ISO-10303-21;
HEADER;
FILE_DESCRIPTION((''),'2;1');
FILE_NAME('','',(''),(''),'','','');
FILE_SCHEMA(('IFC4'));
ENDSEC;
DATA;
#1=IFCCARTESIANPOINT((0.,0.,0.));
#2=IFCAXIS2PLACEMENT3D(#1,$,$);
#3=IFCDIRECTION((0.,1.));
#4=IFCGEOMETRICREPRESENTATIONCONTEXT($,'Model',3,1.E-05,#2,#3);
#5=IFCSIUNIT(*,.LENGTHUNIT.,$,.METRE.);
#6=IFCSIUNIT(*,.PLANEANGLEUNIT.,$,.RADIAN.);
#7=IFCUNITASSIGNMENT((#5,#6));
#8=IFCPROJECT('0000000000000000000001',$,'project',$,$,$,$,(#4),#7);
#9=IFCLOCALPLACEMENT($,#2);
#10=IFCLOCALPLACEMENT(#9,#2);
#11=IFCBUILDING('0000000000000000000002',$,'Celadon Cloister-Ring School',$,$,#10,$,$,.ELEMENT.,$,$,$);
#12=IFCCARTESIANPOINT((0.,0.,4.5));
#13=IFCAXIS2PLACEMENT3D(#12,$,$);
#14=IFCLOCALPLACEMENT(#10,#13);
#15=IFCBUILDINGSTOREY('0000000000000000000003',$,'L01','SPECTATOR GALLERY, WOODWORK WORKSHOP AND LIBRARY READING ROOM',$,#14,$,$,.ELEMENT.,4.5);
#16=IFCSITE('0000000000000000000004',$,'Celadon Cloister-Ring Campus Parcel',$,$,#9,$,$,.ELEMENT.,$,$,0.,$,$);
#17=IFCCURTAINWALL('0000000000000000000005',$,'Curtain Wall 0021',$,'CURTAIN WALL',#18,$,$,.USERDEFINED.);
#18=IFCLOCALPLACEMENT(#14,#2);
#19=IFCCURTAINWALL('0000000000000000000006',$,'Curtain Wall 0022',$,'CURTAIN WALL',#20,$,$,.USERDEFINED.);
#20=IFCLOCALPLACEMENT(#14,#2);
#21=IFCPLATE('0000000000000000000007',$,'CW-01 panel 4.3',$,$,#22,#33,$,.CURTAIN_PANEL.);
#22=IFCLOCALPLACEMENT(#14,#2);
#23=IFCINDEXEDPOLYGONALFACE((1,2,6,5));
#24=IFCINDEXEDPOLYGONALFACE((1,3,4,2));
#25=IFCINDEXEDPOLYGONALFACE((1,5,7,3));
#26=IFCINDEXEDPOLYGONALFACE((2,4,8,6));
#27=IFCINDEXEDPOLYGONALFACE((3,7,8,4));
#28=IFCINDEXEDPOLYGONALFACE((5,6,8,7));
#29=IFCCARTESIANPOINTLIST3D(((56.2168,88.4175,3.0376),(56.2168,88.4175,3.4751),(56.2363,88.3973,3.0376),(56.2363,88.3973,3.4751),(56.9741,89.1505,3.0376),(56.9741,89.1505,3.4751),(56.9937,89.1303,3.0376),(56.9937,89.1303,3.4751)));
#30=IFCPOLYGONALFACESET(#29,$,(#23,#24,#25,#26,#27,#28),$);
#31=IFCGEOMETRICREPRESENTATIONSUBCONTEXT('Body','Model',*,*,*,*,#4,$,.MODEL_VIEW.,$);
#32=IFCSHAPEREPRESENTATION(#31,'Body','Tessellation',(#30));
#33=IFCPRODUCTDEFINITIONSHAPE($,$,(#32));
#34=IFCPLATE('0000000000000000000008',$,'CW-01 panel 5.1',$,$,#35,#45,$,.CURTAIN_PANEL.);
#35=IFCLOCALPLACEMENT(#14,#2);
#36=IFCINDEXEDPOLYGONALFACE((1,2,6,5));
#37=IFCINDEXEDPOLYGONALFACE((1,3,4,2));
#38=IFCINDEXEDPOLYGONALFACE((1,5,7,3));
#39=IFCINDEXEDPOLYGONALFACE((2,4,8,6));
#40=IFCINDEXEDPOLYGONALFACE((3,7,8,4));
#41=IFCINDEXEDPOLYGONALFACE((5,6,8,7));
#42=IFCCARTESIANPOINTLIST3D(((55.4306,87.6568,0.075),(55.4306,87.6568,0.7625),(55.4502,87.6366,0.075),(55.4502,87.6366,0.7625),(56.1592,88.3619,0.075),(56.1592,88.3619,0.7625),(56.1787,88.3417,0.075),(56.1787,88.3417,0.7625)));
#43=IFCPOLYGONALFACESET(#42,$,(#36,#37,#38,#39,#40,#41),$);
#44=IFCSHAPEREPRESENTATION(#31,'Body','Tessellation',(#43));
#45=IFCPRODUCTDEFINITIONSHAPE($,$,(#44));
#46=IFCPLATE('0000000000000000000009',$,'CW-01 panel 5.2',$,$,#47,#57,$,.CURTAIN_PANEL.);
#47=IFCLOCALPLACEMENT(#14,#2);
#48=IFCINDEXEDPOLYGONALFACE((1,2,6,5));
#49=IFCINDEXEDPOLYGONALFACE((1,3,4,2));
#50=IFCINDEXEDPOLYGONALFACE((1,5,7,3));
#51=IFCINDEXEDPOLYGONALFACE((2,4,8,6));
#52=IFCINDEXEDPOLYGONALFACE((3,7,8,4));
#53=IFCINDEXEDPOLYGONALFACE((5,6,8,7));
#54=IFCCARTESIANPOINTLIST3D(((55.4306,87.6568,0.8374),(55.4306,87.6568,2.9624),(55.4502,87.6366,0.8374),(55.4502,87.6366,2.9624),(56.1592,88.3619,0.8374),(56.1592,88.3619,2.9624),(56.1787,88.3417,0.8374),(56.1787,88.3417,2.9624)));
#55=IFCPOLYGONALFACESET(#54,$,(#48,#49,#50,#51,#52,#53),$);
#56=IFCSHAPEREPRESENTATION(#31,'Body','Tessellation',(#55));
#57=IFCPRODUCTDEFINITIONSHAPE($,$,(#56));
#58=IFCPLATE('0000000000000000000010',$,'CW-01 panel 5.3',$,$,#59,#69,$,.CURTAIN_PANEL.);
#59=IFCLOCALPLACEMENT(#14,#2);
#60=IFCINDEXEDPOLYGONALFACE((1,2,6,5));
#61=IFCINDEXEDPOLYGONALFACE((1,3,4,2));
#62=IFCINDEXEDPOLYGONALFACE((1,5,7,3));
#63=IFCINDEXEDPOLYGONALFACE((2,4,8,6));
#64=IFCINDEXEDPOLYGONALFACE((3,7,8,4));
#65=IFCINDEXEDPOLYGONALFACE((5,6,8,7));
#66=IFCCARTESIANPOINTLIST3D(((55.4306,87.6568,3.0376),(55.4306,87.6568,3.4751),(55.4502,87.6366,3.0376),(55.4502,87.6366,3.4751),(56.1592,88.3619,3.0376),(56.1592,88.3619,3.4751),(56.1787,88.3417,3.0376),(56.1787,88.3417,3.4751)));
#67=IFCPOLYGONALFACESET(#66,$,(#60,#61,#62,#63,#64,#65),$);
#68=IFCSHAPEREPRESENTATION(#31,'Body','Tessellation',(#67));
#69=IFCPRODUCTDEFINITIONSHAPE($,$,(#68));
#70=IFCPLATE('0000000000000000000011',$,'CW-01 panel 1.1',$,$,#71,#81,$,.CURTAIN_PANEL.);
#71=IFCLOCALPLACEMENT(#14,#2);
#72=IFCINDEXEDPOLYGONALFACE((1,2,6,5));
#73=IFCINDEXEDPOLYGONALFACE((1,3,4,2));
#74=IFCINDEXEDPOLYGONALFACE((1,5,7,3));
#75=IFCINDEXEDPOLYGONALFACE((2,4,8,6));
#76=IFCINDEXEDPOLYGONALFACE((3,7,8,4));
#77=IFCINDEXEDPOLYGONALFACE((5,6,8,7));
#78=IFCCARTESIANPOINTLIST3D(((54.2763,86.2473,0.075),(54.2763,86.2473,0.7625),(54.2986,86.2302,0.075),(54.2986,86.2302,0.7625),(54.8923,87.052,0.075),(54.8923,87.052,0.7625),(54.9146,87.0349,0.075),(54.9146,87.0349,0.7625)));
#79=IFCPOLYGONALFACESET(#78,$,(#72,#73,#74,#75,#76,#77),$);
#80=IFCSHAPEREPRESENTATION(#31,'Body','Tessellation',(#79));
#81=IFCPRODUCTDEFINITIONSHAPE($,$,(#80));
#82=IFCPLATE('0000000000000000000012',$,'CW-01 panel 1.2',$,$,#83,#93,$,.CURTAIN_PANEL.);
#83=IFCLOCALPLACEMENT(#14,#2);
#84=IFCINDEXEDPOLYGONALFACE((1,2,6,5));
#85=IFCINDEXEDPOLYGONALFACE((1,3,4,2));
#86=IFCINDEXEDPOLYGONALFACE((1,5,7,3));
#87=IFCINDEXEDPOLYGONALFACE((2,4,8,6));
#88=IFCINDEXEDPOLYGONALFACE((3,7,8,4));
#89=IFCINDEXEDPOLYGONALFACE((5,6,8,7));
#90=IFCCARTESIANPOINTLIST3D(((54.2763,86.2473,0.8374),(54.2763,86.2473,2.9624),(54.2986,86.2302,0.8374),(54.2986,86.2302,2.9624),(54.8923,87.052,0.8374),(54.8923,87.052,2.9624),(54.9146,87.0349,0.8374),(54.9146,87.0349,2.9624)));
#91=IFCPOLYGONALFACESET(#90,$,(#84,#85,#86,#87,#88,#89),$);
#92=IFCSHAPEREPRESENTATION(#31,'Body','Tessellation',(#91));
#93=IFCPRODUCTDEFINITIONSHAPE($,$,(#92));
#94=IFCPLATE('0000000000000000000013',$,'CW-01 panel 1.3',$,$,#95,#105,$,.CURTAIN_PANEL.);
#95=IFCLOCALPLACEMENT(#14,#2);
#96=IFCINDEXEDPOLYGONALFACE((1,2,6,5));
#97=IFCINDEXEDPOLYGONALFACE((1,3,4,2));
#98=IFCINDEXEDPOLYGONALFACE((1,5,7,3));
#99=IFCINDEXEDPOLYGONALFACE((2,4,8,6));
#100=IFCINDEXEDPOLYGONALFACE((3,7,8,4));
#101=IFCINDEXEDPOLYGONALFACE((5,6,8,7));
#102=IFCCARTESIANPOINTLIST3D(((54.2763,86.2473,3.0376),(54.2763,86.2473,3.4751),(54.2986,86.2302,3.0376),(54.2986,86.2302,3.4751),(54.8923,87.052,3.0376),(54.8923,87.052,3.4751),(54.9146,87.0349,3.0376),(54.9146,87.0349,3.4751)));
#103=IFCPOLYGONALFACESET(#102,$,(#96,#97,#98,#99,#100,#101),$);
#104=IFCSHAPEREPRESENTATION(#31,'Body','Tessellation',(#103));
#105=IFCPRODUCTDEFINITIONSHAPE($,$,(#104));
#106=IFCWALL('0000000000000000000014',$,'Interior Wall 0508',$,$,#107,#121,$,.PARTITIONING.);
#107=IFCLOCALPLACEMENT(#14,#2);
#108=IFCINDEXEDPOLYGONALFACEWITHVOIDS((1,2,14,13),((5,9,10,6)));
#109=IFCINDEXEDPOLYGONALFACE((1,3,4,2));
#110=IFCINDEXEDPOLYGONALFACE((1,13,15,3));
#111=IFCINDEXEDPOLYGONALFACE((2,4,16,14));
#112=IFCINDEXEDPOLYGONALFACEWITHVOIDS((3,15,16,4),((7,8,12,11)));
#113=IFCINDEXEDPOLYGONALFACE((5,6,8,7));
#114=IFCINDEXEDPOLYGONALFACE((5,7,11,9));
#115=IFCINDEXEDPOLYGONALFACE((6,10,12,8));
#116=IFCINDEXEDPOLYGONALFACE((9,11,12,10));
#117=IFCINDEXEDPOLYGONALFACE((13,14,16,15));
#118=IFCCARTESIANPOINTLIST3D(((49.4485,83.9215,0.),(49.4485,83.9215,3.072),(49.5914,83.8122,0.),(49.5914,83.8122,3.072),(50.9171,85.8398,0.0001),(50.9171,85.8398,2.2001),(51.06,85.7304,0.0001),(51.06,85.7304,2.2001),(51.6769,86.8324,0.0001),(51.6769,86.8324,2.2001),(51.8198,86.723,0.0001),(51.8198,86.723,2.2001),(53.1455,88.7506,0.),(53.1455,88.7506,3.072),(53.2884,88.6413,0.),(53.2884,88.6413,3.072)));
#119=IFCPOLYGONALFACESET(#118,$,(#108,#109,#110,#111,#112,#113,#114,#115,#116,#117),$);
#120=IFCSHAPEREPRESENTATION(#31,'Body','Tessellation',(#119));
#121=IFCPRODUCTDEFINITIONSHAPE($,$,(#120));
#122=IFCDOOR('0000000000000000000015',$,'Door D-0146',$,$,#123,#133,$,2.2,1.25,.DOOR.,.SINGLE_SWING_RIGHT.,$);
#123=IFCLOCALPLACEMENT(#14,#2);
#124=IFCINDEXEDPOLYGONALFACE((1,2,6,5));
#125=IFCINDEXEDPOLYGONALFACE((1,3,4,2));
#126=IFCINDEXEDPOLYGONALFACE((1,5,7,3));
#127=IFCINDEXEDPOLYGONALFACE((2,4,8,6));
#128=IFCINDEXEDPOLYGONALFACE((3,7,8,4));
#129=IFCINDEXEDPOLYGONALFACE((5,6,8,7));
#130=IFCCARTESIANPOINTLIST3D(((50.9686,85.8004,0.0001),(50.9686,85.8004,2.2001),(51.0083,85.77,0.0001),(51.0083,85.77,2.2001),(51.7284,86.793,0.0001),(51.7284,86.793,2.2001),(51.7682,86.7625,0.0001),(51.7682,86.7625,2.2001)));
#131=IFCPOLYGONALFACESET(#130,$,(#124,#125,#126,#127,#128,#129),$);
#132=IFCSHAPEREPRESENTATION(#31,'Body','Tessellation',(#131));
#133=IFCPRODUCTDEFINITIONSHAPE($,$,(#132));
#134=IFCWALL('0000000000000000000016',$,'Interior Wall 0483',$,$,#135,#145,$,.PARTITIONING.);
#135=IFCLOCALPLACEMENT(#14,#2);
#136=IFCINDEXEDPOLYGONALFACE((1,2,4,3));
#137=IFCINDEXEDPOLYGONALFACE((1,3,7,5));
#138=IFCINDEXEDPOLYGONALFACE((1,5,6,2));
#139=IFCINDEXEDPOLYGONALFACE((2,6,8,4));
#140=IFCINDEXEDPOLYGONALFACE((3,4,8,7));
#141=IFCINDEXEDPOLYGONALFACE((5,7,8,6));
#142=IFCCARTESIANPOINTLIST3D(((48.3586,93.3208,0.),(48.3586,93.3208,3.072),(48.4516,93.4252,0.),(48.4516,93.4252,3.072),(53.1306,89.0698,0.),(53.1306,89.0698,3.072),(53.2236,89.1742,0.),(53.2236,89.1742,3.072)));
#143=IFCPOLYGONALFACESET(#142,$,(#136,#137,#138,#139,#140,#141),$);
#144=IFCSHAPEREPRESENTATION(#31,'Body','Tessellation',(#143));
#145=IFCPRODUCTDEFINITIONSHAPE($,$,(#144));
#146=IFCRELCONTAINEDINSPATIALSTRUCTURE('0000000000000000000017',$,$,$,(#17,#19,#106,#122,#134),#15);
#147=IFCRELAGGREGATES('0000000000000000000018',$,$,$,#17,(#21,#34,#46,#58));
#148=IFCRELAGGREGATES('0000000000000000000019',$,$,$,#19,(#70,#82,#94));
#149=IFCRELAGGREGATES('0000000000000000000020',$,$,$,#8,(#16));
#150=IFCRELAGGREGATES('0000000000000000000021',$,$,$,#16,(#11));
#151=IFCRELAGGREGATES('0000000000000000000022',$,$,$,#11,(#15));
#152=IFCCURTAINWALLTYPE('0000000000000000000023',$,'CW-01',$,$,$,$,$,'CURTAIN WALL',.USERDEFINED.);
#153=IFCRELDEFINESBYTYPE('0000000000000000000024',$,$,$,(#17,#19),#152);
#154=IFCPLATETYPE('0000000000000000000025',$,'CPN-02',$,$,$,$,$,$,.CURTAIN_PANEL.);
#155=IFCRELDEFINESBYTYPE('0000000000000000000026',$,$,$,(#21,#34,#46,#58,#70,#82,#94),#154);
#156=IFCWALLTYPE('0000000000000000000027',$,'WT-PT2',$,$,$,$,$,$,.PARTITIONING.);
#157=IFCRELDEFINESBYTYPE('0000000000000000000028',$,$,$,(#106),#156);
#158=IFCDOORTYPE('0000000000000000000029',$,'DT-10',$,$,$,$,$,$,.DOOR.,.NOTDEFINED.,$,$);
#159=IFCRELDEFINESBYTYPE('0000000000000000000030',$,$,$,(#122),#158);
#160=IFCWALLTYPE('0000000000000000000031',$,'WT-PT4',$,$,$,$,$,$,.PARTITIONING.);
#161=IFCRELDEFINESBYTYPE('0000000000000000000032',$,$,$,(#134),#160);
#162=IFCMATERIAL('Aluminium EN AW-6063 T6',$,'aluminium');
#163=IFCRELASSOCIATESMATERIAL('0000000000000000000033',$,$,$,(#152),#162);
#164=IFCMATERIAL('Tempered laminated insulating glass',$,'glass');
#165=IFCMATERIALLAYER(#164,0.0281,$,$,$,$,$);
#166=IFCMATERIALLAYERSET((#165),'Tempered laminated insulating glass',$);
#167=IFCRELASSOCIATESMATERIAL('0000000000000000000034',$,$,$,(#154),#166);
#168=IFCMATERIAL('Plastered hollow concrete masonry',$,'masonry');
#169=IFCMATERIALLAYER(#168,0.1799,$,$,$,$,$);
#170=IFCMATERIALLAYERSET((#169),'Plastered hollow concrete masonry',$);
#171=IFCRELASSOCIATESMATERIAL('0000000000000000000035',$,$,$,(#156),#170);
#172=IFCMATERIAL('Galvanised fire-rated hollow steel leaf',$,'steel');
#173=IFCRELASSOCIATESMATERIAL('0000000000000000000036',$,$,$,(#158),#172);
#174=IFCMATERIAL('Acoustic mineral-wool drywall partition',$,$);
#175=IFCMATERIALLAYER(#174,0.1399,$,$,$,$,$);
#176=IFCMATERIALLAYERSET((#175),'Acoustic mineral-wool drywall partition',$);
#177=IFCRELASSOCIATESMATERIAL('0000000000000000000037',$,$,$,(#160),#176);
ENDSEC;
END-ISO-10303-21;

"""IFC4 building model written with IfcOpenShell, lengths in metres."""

from ifc_helpers import new_model, si_unit, direction, frame, frame_2d, origin, origin_2d, place, context, subcontext, project, spatial, rectangle, extrude, material, layer, layer_set, type_object, element, fill, aggregate, save


model = new_model("IFC4")

# Units and contexts
model_context = context("Model", 3, precision=1e-05, world=origin(), true_north=direction((0.0, 1.0)))
body_context = subcontext(model_context, "Body", "Model", "MODEL_VIEW")
ifc_project = project(units=[si_unit("LENGTHUNIT", "METRE"), si_unit("PLANEANGLEUNIT", "RADIAN")], contexts=[model_context])

# Site, building, storey
site_placement = place(None, origin())
site = spatial("IfcSite", under=ifc_project, at=site_placement, Name="Celadon Cloister-Ring Campus Parcel", CompositionType="ELEMENT", RefElevation=0.0)
building_placement = place(site_placement, origin())
building = spatial("IfcBuilding", under=site, at=building_placement, Name="Celadon Cloister-Ring School", CompositionType="ELEMENT")
storey_placement = place(building_placement, frame((0.0, 0.0, 4.5)))
storey = spatial("IfcBuildingStorey", under=building, at=storey_placement, Name="L01", Description="SPECTATOR GALLERY, WOODWORK WORKSHOP AND LIBRARY READING ROOM", CompositionType="ELEMENT", Elevation=4.5)

# Curtain wall
ifc_material_1 = material(Name="Aluminium EN AW-6063 T6", Category="aluminium")
curtain_wall_type = type_object("IfcCurtainWallType", Name="CW-01", ElementType="CURTAIN WALL", PredefinedType="USERDEFINED", material=ifc_material_1)
curtain_wall_1_placement = place(storey_placement, origin())
curtain_wall_1 = element("IfcCurtainWall", 1, at=curtain_wall_1_placement, inside=storey, type_object=curtain_wall_type, Name="Curtain Wall 0021", ObjectType="CURTAIN WALL", PredefinedType="USERDEFINED")

# Curtain wall
curtain_wall_2_placement = place(storey_placement, origin())
curtain_wall_2 = element("IfcCurtainWall", 2, at=curtain_wall_2_placement, inside=storey, type_object=curtain_wall_type, Name="Curtain Wall 0022", ObjectType="CURTAIN WALL", PredefinedType="USERDEFINED")

# Plates
ifc_material_2 = material(Name="Tempered laminated insulating glass", Category="glass")
ifc_layer_1 = layer(ifc_material_2, 0.0281)
ifc_layer_set_1 = layer_set([ifc_layer_1], Name="Tempered laminated insulating glass")
plate_type = type_object("IfcPlateType", Name="CPN-02", PredefinedType="CURTAIN_PANEL", material=ifc_layer_set_1)
plate_1_placement = place(storey_placement, frame((56.6052, 88.7739, 3.0376), z_axis=(0.0, 0.0, 1.0), x_axis=(-0.718565, -0.69546, 0.0)))
plate_1 = element("IfcPlate", 3, at=plate_1_placement, type_object=plate_type, Name="CW-01 panel 4.3", PredefinedType="CURTAIN_PANEL", context=body_context, shape_type="SweptSolid", body=[
    extrude(rectangle(XDim=1.054, YDim=0.0281, at=origin_2d()), origin(), (0.0, 0.0, 1.0), 0.4375),
])
plate_2_placement = place(storey_placement, frame((55.8047, 87.9993, 0.075), z_axis=(0.0, 0.0, 1.0), x_axis=(-0.718565, -0.69546, 0.0)))
plate_2 = element("IfcPlate", 4, at=plate_2_placement, type_object=plate_type, Name="CW-01 panel 5.1", PredefinedType="CURTAIN_PANEL", context=body_context, shape_type="SweptSolid", body=[
    extrude(rectangle(XDim=1.0139, YDim=0.0281, at=origin_2d()), origin(), (0.0, 0.0, 1.0), 0.6875),
])
plate_3_placement = place(storey_placement, frame((55.8047, 87.9993, 0.8374), z_axis=(0.0, 0.0, 1.0), x_axis=(-0.718565, -0.69546, 0.0)))
plate_3 = element("IfcPlate", 5, at=plate_3_placement, type_object=plate_type, Name="CW-01 panel 5.2", PredefinedType="CURTAIN_PANEL", context=body_context, shape_type="SweptSolid", body=[
    extrude(rectangle(XDim=1.0139, YDim=0.0281, at=origin_2d()), origin(), (0.0, 0.0, 1.0), 2.125),
])
plate_4_placement = place(storey_placement, frame((55.8047, 87.9993, 3.0376), z_axis=(0.0, 0.0, 1.0), x_axis=(-0.718565, -0.69546, 0.0)))
plate_4 = element("IfcPlate", 6, at=plate_4_placement, type_object=plate_type, Name="CW-01 panel 5.3", PredefinedType="CURTAIN_PANEL", context=body_context, shape_type="SweptSolid", body=[
    extrude(rectangle(XDim=1.0139, YDim=0.0281, at=origin_2d()), origin(), (0.0, 0.0, 1.0), 0.4375),
])
aggregate(curtain_wall_1, [plate_1, plate_2, plate_3, plate_4])
plate_5_placement = place(storey_placement, frame((54.5955, 86.6411, 0.075), z_axis=(0.0, 0.0, 1.0), x_axis=(-0.607876, -0.794032, 0.0)))
plate_5 = element("IfcPlate", 7, at=plate_5_placement, type_object=plate_type, Name="CW-01 panel 1.1", PredefinedType="CURTAIN_PANEL", context=body_context, shape_type="SweptSolid", body=[
    extrude(rectangle(XDim=1.0134, YDim=0.0281, at=origin_2d()), origin(), (0.0, 0.0, 1.0), 0.6875),
])
plate_6_placement = place(storey_placement, frame((54.5955, 86.6411, 0.8374), z_axis=(0.0, 0.0, 1.0), x_axis=(-0.607876, -0.794032, 0.0)))
plate_6 = element("IfcPlate", 8, at=plate_6_placement, type_object=plate_type, Name="CW-01 panel 1.2", PredefinedType="CURTAIN_PANEL", context=body_context, shape_type="SweptSolid", body=[
    extrude(rectangle(XDim=1.0134, YDim=0.0281, at=origin_2d()), origin(), (0.0, 0.0, 1.0), 2.125),
])
plate_7_placement = place(storey_placement, frame((54.5955, 86.6411, 3.0376), z_axis=(0.0, 0.0, 1.0), x_axis=(-0.607876, -0.794032, 0.0)))
plate_7 = element("IfcPlate", 9, at=plate_7_placement, type_object=plate_type, Name="CW-01 panel 1.3", PredefinedType="CURTAIN_PANEL", context=body_context, shape_type="SweptSolid", body=[
    extrude(rectangle(XDim=1.0134, YDim=0.0281, at=origin_2d()), origin(), (0.0, 0.0, 1.0), 0.4375),
])
aggregate(curtain_wall_2, [plate_5, plate_6, plate_7])

# Wall, opening, door
ifc_material_3 = material(Name="Plastered hollow concrete masonry", Category="masonry")
ifc_layer_2 = layer(ifc_material_3, 0.1799)
ifc_layer_set_2 = layer_set([ifc_layer_2], Name="Plastered hollow concrete masonry")
wall_type_1 = type_object("IfcWallType", Name="WT-PT2", PredefinedType="PARTITIONING", material=ifc_layer_set_2)
wall_1_placement = place(storey_placement, frame((53.217, 88.696, 0.0), z_axis=(0.0, 0.0, 1.0), x_axis=(-0.607884, -0.794026, 0.0)))
wall_1 = element("IfcWall", 10, at=wall_1_placement, inside=storey, type_object=wall_type_1, Name="Interior Wall 0508", PredefinedType="PARTITIONING", context=body_context, shape_type="SweptSolid", body=[
    extrude(rectangle(XDim=6.0818, YDim=0.1799, at=frame_2d((3.041, 0.0))), origin(), (0.0, 0.0, 1.0), 3.072),
])
opening_placement = place(wall_1_placement, frame((2.416, 0.0, 0.0)))
opening = element("IfcOpeningElement", 11, at=opening_placement, cuts=wall_1, PredefinedType="OPENING", context=body_context, shape_type="SweptSolid", body=[
    extrude(rectangle(XDim=1.25, YDim=2.2, at=frame_2d((0.625, 1.1001))), frame((0.0, 0.1001, 0.0), z_axis=(0.0, -1.0, 0.0), x_axis=(1.0, 0.0, 0.0)), (0.0, 0.0, 1.0), 0.2),
])
ifc_material_4 = material(Name="Galvanised fire-rated hollow steel leaf", Category="steel")
door_type = type_object("IfcDoorType", Name="DT-10", OperationType="NOTDEFINED", PredefinedType="DOOR", material=ifc_material_4)
door_placement = place(opening_placement, origin())
door = element("IfcDoor", 12, at=door_placement, inside=storey, type_object=door_type, Name="Door D-0146", OperationType="SINGLE_SWING_RIGHT", OverallHeight=2.2, OverallWidth=1.25, PredefinedType="DOOR", context=body_context, shape_type="SweptSolid", body=[
    extrude(rectangle(XDim=1.25, YDim=2.2, at=frame_2d((0.625, 1.1001))), frame((0.0, 0.0249, 0.0), z_axis=(0.0, -1.0, 0.0), x_axis=(1.0, 0.0, 0.0)), (0.0, 0.0, 1.0), 0.05),
])
fill(opening, door)

# Wall
ifc_material_5 = material(Name="Acoustic mineral-wool drywall partition")
ifc_layer_3 = layer(ifc_material_5, 0.1399)
ifc_layer_set_3 = layer_set([ifc_layer_3], Name="Acoustic mineral-wool drywall partition")
wall_type_2 = type_object("IfcWallType", Name="WT-PT4", PredefinedType="PARTITIONING", material=ifc_layer_set_3)
wall_2_placement = place(storey_placement, frame((53.177, 89.1221, 0.0), z_axis=(0.0, 0.0, 1.0), x_axis=(-0.746692, 0.66517, 0.0)))
element("IfcWall", 13, at=wall_2_placement, inside=storey, type_object=wall_type_2, Name="Interior Wall 0483", PredefinedType="PARTITIONING", context=body_context, shape_type="SweptSolid", body=[
    extrude(rectangle(XDim=6.3909, YDim=0.1399, at=frame_2d((3.1953, 0.0))), origin(), (0.0, 0.0, 1.0), 3.072),
])

save(model, "model.ifc")
